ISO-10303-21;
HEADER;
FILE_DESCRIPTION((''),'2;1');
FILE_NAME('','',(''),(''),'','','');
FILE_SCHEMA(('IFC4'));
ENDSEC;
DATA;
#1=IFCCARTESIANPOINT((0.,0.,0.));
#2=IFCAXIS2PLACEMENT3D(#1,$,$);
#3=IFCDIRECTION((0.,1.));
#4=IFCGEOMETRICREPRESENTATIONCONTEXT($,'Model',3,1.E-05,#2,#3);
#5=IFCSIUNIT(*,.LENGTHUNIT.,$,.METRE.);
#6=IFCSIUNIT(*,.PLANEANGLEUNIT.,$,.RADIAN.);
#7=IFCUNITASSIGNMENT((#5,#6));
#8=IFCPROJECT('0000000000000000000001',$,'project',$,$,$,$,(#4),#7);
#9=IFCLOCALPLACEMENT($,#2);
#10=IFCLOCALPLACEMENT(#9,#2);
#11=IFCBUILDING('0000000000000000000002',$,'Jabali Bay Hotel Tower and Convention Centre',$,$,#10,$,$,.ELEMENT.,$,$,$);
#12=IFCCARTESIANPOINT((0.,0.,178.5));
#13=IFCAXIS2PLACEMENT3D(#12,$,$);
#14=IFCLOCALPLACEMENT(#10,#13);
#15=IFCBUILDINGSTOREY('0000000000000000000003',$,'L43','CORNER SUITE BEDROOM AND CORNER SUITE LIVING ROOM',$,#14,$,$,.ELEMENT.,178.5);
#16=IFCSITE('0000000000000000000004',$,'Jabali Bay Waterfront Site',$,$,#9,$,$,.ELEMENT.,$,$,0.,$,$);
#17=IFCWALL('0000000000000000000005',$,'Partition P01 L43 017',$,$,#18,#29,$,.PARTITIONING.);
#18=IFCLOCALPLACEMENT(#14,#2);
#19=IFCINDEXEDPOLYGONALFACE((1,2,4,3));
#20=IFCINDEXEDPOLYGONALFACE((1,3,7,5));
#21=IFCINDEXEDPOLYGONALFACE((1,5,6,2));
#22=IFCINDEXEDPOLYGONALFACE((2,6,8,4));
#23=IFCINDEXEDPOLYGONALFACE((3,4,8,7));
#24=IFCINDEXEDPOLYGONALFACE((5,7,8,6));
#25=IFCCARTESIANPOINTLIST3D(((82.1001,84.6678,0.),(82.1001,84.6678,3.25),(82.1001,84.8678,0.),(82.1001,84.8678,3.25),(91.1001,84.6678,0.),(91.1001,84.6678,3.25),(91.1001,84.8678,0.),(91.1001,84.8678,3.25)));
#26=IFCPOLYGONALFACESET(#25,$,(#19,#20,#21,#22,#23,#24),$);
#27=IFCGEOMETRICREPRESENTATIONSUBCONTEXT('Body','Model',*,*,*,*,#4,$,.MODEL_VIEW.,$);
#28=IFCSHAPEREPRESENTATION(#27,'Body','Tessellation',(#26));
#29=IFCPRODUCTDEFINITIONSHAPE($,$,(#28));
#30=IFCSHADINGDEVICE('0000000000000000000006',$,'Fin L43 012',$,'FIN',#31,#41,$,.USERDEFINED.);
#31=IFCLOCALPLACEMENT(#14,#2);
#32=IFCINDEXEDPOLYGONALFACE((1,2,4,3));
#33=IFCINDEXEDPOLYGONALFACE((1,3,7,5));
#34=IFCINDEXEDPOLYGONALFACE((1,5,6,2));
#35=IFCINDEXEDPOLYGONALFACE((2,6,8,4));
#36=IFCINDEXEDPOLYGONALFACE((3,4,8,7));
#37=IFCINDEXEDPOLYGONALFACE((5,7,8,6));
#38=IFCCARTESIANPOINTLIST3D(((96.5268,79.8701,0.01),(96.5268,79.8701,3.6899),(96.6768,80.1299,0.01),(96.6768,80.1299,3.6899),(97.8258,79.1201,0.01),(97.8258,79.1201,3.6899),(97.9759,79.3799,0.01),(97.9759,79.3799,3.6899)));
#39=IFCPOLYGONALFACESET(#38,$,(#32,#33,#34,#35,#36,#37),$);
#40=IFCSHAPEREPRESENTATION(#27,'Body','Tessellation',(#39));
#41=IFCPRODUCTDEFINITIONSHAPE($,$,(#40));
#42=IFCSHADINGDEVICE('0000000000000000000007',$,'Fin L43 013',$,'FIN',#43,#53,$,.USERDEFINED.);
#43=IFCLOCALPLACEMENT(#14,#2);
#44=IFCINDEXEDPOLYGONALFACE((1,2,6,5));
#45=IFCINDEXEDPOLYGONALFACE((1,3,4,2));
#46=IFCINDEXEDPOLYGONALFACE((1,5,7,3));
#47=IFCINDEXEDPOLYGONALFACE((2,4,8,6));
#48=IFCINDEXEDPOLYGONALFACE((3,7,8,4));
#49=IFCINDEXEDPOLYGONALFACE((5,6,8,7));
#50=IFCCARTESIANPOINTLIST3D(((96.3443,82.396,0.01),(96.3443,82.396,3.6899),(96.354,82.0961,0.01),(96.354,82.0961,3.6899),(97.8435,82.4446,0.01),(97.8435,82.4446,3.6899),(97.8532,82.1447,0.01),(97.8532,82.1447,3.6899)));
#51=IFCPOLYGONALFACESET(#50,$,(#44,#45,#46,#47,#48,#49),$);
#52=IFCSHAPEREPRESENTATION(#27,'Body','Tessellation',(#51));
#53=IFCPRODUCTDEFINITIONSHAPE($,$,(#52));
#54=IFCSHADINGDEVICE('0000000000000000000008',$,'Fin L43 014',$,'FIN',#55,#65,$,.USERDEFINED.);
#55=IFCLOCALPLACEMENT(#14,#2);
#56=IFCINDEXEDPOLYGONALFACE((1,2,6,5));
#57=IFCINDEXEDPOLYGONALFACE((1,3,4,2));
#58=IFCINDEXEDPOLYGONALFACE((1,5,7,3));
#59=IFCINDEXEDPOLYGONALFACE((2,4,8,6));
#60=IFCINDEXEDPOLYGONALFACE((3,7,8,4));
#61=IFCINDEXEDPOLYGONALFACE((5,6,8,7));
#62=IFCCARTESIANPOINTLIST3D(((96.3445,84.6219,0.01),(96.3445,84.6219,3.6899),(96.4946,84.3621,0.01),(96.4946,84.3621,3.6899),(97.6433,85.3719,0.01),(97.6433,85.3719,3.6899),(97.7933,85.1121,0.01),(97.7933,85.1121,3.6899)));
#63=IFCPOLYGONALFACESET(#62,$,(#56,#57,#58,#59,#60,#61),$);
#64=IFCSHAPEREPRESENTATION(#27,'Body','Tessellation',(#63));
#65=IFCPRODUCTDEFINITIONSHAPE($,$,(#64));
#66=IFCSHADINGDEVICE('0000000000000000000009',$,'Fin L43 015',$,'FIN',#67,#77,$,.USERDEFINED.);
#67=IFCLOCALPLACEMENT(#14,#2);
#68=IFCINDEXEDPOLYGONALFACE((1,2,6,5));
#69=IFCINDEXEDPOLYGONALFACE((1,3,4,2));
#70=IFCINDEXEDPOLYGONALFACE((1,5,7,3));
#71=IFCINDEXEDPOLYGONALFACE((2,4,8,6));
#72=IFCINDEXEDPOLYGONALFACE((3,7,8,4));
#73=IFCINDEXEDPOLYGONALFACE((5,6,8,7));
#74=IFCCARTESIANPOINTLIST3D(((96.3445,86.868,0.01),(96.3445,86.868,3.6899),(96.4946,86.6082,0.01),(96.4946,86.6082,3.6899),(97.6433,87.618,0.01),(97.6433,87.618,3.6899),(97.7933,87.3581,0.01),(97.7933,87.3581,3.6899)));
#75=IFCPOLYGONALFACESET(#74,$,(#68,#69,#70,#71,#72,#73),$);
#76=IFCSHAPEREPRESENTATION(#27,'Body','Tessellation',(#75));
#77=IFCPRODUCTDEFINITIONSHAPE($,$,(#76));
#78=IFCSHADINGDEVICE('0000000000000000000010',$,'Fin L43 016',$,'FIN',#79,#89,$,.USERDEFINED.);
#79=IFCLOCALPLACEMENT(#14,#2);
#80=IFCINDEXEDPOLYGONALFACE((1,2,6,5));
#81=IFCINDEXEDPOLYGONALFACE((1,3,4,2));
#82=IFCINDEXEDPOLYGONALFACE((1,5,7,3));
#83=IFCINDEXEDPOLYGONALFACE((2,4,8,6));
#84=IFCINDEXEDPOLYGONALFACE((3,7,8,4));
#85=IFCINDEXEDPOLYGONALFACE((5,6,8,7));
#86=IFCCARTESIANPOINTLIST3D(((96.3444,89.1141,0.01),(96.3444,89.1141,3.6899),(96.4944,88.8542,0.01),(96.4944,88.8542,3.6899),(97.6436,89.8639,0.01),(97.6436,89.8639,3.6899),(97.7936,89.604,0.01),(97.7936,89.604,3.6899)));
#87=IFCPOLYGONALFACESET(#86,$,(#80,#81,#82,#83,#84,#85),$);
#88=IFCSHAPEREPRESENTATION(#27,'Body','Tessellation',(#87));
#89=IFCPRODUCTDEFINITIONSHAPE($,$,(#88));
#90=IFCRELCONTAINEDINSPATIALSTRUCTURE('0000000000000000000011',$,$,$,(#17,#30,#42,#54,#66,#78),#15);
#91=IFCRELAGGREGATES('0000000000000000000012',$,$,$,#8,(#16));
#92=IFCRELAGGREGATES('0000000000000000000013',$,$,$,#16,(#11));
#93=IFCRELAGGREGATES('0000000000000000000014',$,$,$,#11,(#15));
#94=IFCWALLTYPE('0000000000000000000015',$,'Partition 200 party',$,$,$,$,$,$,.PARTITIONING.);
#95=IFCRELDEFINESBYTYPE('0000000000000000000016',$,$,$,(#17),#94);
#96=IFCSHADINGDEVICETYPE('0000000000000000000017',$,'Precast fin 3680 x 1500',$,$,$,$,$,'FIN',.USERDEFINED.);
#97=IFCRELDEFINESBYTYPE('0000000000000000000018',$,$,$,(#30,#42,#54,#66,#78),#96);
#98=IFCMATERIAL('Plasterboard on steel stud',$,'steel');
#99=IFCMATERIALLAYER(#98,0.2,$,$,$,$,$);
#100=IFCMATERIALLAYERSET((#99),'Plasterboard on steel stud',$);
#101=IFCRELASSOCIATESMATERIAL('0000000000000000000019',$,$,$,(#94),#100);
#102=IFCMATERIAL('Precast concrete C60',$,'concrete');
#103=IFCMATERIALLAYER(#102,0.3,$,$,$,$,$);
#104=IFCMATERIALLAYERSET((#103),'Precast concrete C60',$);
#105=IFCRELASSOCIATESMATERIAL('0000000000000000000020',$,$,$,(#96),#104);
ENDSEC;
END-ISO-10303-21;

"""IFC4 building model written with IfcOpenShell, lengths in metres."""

from ifc_helpers import new_model, si_unit, direction, frame, frame_2d, origin, place, context, subcontext, project, spatial, rectangle, extrude, material, layer, layer_set, type_object, element, save


model = new_model("IFC4")

# Units and contexts
model_context = context("Model", 3, precision=1e-05, world=origin(), true_north=direction((0.0, 1.0)))
body_context = subcontext(model_context, "Body", "Model", "MODEL_VIEW")
ifc_project = project(units=[si_unit("LENGTHUNIT", "METRE"), si_unit("PLANEANGLEUNIT", "RADIAN")], contexts=[model_context])

# Site, building, storey
site_placement = place(None, origin())
site = spatial("IfcSite", under=ifc_project, at=site_placement, Name="Jabali Bay Waterfront Site", CompositionType="ELEMENT", RefElevation=0.0)
building_placement = place(site_placement, origin())
building = spatial("IfcBuilding", under=site, at=building_placement, Name="Jabali Bay Hotel Tower and Convention Centre", CompositionType="ELEMENT")
storey_placement = place(building_placement, frame((0.0, 0.0, 178.5)))
storey = spatial("IfcBuildingStorey", under=building, at=storey_placement, Name="L43", Description="CORNER SUITE BEDROOM AND CORNER SUITE LIVING ROOM", CompositionType="ELEMENT", Elevation=178.5)

# Shared definitions
ifc_material_1 = material(Name="Plasterboard on steel stud", Category="steel")

# Shared definitions
ifc_layer_1 = layer(ifc_material_1, 0.2)
ifc_layer_set_1 = layer_set([ifc_layer_1], Name="Plasterboard on steel stud")
wall_type_1 = type_object("IfcWallType", Name="Partition 200 party", PredefinedType="PARTITIONING", material=ifc_layer_set_1)

# Wall
wall_1_placement = place(storey_placement, frame((91.1001, 84.7678, 0.0), z_axis=(0.0, 0.0, 1.0), x_axis=(-1.0, 0.0, 0.0)))
element("IfcWall", 1, at=wall_1_placement, inside=storey, type_object=wall_type_1, Name="Partition P01 L43 017", PredefinedType="PARTITIONING", context=body_context, shape_type="SweptSolid", body=[
    extrude(rectangle(XDim=9.0, YDim=0.2, at=frame_2d((4.5, 0.0))), origin(), (0.0, 0.0, 1.0), 3.25),
])

# Shading devices
ifc_material_2 = material(Name="Precast concrete C60", Category="concrete")
ifc_layer_2 = layer(ifc_material_2, 0.3)
ifc_layer_set_2 = layer_set([ifc_layer_2], Name="Precast concrete C60")
shading_device_type = type_object("IfcShadingDeviceType", Name="Precast fin 3680 x 1500", ElementType="FIN", PredefinedType="USERDEFINED", material=ifc_layer_set_2)
for number, where, z_axis, x_axis, name in (
    (2, (96.6018, 80.0, 0.01), (0.0, 0.0, 1.0), (0.866031, -0.49999, 0.0), "Fin L43 012"),
    (3, (96.3491, 82.2461, 0.01), (0.0, 0.0, 1.0), (0.999475, 0.032388, 0.0), "Fin L43 013"),
):
    element("IfcShadingDevice", number, at=place(storey_placement, frame(where, z_axis=z_axis, x_axis=x_axis)), inside=storey, type_object=shading_device_type, Name=name, ObjectType="FIN", PredefinedType="USERDEFINED", context=body_context, shape_type="SweptSolid", body=[
        extrude(rectangle(XDim=1.5, YDim=0.3, at=frame_2d((0.75, 0.0))), origin(), (0.0, 0.0, 1.0), 3.6799),
    ])
for number, where, z_axis, x_axis, name in (
    (4, (96.4194, 84.4919, 0.01), (0.0, 0.0, 1.0), (0.86599, 0.500061, 0.0), "Fin L43 014"),
    (5, (96.4194, 86.738, 0.01), (0.0, 0.0, 1.0), (0.86599, 0.500061, 0.0), "Fin L43 015"),
):
    element("IfcShadingDevice", number, at=place(storey_placement, frame(where, z_axis=z_axis, x_axis=x_axis)), inside=storey, type_object=shading_device_type, Name=name, ObjectType="FIN", PredefinedType="USERDEFINED", context=body_context, shape_type="SweptSolid", body=[
        extrude(rectangle(XDim=1.4998, YDim=0.3, at=frame_2d((0.75, 0.0))), origin(), (0.0, 0.0, 1.0), 3.6799),
    ])
shading_device_placement = place(storey_placement, frame((96.4194, 88.9841, 0.01), z_axis=(0.0, 0.0, 1.0), x_axis=(0.866102, 0.499868, 0.0)))
element("IfcShadingDevice", 6, at=shading_device_placement, inside=storey, type_object=shading_device_type, Name="Fin L43 016", ObjectType="FIN", PredefinedType="USERDEFINED", context=body_context, shape_type="SweptSolid", body=[
    extrude(rectangle(XDim=1.5, YDim=0.3, at=frame_2d((0.75, 0.0))), origin(), (0.0, 0.0, 1.0), 3.6799),
])

save(model, "model.ifc")
